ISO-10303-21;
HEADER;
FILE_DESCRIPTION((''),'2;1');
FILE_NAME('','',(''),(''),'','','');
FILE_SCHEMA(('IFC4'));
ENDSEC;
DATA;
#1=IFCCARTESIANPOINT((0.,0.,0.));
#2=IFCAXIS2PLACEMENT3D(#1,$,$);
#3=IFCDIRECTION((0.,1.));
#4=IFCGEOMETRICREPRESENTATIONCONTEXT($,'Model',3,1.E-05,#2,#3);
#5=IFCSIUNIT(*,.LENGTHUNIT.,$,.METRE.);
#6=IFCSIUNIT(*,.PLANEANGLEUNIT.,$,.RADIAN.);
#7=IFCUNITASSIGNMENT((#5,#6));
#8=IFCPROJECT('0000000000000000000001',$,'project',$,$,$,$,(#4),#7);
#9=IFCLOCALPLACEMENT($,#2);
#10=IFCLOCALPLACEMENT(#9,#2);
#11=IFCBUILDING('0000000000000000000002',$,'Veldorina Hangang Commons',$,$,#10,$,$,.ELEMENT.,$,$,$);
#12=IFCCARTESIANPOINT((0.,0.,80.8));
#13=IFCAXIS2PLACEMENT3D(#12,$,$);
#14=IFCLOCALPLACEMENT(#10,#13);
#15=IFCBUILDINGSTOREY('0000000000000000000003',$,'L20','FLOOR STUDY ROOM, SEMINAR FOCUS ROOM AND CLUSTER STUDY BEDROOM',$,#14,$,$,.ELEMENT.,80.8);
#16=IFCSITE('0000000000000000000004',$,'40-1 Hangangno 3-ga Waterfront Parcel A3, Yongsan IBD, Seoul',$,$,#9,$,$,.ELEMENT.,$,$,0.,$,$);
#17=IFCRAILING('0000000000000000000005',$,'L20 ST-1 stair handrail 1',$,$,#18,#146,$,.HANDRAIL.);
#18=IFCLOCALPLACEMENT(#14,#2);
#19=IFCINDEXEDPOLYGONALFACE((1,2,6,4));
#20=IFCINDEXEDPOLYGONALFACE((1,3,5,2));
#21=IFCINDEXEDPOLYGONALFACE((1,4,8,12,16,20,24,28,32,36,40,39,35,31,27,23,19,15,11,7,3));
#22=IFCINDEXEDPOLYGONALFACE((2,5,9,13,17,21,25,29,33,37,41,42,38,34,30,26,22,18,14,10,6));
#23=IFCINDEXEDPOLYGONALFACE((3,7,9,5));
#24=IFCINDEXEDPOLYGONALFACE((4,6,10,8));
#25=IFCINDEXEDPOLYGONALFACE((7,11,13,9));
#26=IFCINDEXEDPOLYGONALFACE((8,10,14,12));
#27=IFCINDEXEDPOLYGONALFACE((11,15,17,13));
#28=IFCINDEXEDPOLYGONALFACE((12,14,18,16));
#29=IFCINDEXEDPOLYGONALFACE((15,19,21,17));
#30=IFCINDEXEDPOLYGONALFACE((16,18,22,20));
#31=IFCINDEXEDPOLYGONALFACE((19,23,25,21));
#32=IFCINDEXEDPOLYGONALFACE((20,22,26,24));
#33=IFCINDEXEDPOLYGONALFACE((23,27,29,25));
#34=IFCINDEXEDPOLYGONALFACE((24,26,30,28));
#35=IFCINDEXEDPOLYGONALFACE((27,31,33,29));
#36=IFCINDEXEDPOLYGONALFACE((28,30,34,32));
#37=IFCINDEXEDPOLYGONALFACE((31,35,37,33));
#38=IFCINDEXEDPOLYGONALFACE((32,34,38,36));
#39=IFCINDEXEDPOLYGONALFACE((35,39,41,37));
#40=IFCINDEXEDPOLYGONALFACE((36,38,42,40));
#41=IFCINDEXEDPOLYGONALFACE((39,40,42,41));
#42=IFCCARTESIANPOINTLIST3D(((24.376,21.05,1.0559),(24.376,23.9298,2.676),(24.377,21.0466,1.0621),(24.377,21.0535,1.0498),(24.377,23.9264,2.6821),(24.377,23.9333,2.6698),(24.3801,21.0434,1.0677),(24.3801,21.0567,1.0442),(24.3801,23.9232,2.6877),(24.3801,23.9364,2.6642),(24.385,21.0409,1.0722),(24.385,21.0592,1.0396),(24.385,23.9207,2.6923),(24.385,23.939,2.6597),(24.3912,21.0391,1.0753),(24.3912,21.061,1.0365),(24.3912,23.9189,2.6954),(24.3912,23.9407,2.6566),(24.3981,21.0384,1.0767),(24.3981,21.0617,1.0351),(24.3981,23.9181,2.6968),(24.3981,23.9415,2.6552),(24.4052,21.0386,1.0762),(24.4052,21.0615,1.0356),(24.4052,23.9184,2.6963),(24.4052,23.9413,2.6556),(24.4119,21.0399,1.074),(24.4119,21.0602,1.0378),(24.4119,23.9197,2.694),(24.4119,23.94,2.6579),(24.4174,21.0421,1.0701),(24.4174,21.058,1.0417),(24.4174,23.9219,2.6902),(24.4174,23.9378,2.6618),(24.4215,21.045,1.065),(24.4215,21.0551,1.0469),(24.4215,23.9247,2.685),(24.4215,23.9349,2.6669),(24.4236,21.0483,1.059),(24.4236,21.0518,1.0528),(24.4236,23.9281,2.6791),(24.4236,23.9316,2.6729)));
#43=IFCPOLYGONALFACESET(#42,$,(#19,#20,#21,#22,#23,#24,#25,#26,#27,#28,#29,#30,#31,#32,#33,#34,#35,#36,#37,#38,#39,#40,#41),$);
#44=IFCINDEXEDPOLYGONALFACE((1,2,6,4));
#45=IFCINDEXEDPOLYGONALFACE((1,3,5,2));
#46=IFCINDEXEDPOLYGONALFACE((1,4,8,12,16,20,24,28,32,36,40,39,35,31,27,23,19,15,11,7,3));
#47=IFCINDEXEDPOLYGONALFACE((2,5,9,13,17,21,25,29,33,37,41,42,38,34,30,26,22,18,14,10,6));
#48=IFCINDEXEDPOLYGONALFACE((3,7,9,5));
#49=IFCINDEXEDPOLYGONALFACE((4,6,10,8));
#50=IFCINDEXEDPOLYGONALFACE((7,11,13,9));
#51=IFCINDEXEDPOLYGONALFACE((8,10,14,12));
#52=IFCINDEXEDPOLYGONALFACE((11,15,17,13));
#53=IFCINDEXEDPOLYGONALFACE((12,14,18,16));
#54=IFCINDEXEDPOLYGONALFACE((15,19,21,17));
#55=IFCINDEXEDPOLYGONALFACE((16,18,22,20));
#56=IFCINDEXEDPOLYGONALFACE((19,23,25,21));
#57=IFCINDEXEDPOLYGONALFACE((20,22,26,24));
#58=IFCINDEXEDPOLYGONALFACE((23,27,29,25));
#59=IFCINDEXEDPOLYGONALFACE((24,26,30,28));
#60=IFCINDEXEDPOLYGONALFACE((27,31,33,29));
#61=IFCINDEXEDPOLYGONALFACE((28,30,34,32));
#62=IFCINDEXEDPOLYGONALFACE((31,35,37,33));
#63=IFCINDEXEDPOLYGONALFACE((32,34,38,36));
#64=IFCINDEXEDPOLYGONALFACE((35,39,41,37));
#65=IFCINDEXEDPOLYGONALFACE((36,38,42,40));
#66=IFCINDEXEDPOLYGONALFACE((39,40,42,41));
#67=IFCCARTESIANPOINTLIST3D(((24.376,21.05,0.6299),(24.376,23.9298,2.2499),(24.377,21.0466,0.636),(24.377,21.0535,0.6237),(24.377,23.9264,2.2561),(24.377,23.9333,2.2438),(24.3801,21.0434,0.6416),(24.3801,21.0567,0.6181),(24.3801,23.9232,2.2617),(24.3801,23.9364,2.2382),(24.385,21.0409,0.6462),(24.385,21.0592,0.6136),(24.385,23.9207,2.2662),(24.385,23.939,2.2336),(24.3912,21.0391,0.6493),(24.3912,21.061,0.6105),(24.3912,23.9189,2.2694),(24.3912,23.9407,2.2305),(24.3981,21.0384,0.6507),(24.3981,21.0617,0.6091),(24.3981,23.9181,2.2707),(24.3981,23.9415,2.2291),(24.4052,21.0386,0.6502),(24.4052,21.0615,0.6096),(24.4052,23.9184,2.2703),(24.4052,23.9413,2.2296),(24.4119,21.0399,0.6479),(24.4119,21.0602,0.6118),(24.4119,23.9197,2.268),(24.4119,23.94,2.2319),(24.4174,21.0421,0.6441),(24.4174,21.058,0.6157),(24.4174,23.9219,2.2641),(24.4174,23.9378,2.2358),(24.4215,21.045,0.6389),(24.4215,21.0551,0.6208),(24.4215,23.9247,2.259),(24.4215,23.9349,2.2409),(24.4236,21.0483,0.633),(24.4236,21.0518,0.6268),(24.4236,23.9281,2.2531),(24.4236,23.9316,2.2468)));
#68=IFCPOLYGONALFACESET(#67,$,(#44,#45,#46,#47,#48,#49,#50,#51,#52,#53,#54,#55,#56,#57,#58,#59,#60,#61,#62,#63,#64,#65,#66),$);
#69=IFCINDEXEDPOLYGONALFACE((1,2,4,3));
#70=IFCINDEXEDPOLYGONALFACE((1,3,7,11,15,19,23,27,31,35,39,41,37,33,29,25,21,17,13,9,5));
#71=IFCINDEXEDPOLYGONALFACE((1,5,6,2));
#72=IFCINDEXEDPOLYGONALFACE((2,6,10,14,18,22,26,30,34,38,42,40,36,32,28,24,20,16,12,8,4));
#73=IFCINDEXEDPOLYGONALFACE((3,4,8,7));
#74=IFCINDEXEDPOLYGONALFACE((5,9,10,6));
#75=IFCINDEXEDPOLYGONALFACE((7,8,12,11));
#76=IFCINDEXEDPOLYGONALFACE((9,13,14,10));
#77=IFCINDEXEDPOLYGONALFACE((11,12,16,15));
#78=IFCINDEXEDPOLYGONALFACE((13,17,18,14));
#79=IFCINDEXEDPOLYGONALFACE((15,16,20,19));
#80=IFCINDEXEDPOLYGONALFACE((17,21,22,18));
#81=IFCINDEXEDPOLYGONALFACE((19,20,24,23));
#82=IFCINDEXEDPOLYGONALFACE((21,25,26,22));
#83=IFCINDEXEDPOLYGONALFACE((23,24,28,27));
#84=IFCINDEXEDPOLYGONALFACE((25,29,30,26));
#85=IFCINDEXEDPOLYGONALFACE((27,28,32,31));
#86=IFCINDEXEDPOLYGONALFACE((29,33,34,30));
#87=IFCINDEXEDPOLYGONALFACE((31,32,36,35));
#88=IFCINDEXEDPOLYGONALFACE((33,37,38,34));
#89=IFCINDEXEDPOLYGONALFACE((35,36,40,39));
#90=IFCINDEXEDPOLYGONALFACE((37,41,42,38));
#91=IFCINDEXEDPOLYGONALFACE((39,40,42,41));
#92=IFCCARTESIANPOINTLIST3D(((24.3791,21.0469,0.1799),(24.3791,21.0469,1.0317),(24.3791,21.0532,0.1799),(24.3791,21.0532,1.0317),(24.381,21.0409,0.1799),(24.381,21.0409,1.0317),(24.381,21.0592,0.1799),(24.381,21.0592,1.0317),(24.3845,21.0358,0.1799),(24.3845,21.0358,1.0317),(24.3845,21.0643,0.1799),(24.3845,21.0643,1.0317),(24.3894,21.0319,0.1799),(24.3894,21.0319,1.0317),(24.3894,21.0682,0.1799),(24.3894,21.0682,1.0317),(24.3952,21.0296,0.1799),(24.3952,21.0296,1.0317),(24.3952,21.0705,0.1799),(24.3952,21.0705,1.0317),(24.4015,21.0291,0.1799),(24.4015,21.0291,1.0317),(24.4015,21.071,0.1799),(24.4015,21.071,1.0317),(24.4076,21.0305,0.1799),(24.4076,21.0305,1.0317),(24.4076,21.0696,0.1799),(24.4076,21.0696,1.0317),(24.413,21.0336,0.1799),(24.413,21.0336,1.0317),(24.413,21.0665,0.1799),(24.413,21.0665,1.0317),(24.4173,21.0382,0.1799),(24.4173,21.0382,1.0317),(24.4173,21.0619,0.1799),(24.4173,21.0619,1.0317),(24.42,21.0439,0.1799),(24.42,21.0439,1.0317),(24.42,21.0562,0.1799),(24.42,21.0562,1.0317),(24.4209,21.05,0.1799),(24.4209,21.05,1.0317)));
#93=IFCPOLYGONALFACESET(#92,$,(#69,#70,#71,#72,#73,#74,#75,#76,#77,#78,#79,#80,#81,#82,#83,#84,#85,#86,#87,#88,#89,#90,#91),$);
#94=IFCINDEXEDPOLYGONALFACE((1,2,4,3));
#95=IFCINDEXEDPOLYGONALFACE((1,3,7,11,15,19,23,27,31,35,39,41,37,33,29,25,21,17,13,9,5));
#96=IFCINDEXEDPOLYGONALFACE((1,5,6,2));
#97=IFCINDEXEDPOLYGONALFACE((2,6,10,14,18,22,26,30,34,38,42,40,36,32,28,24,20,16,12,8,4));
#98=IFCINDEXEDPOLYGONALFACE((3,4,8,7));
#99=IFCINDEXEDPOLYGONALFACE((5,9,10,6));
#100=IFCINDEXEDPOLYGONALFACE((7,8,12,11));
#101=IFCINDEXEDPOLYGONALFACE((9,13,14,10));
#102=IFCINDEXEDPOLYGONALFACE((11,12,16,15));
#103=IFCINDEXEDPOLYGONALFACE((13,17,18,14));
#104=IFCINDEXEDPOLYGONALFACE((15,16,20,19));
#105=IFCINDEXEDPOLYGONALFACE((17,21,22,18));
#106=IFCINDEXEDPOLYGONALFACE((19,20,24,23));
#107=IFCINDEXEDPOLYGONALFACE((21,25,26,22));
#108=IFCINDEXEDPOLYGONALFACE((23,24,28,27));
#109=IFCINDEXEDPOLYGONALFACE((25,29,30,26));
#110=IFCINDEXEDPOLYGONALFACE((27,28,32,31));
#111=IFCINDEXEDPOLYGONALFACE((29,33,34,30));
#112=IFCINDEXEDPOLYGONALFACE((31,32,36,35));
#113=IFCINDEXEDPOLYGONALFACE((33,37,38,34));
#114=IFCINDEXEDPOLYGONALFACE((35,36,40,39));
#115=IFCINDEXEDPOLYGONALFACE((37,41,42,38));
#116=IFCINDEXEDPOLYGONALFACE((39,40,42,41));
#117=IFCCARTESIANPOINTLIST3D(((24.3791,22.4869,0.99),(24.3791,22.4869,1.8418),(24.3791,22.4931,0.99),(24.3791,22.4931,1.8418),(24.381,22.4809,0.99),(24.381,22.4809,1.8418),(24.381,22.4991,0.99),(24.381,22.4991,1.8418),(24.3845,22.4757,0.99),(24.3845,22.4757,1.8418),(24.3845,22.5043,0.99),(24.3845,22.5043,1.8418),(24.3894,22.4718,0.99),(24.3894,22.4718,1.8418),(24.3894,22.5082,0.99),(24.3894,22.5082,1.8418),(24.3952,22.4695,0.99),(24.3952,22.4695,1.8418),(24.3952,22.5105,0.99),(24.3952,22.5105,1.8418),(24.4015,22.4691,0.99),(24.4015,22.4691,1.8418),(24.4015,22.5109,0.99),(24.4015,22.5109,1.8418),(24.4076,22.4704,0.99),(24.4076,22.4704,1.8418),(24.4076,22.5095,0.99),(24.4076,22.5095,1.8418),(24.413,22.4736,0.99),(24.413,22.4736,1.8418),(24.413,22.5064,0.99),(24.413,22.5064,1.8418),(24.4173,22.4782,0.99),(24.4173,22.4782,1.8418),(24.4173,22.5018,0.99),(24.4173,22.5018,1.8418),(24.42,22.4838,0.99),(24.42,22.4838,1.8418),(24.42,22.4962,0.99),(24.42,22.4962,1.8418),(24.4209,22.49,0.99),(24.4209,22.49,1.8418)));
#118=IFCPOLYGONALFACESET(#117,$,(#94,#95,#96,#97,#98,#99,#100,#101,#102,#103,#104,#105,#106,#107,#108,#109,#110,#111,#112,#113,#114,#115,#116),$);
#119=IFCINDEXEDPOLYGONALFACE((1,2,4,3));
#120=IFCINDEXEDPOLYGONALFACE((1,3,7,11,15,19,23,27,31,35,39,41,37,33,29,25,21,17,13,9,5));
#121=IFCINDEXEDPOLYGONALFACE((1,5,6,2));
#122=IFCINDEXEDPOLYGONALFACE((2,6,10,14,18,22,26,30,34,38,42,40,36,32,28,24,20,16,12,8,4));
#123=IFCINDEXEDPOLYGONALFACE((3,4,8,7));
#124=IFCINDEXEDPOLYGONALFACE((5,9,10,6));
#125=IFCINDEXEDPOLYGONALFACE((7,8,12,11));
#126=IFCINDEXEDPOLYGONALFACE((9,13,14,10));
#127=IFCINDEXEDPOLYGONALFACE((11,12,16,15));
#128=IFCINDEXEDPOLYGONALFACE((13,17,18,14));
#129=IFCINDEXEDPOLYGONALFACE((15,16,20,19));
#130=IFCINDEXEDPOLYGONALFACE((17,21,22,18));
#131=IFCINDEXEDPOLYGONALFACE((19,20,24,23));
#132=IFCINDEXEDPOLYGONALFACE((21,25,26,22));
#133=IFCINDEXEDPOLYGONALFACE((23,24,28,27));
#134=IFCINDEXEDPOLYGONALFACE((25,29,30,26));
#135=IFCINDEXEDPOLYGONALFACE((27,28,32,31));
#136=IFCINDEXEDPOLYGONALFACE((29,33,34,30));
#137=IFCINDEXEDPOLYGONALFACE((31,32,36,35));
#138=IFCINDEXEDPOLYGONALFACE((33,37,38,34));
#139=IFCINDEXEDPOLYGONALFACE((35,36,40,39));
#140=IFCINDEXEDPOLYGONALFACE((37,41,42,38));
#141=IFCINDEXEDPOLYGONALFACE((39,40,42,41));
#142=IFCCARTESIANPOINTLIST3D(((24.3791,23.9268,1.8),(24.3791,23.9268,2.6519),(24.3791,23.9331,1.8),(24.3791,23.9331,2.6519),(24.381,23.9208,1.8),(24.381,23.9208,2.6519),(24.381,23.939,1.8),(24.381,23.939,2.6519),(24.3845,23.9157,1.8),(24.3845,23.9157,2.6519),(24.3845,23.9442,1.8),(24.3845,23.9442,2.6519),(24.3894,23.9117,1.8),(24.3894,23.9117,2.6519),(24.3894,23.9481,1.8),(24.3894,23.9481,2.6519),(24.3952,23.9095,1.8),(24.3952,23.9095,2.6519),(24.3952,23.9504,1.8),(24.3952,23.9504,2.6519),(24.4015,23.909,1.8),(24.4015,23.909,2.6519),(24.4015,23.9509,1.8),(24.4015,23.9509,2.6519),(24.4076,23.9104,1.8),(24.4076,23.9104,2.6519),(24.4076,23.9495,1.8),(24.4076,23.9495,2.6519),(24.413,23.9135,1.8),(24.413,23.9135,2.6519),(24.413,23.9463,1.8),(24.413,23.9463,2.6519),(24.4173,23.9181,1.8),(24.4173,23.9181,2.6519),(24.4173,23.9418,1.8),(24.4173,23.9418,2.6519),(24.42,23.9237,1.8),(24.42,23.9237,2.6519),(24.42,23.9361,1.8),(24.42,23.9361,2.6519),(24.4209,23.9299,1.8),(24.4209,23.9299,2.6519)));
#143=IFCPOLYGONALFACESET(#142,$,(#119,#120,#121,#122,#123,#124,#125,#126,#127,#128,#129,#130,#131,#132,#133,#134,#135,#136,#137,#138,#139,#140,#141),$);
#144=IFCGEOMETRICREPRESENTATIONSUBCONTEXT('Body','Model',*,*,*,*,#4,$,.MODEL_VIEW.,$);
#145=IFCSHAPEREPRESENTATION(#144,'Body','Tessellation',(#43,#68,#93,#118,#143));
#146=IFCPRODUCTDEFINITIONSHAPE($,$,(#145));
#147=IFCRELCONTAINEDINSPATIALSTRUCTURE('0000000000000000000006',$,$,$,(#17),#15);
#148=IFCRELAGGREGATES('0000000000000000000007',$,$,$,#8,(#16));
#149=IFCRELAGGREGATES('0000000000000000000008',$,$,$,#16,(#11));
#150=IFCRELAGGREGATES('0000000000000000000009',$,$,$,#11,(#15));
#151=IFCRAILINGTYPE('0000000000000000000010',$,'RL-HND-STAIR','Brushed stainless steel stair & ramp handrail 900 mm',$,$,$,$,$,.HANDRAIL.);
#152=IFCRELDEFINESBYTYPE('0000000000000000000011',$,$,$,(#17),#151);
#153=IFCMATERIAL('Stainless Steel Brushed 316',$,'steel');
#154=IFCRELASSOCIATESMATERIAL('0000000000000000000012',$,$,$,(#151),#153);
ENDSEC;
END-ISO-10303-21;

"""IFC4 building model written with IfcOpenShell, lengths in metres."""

from ifc_helpers import new_model, si_unit, direction, frame, origin, origin_2d, place, context, subcontext, project, spatial, circle, extrude, material, type_object, element, save


model = new_model("IFC4")

# Units and contexts
model_context = context("Model", 3, precision=1e-05, world=origin(), true_north=direction((0.0, 1.0)))
body_context = subcontext(model_context, "Body", "Model", "MODEL_VIEW")
ifc_project = project(units=[si_unit("LENGTHUNIT", "METRE"), si_unit("PLANEANGLEUNIT", "RADIAN")], contexts=[model_context])

# Site, building, storey
site_placement = place(None, origin())
site = spatial("IfcSite", under=ifc_project, at=site_placement, Name="40-1 Hangangno 3-ga Waterfront Parcel A3, Yongsan IBD, Seoul", CompositionType="ELEMENT", RefElevation=0.0)
building_placement = place(site_placement, origin())
building = spatial("IfcBuilding", under=site, at=building_placement, Name="Veldorina Hangang Commons", CompositionType="ELEMENT")
storey_placement = place(building_placement, frame((0.0, 0.0, 80.8)))
storey = spatial("IfcBuildingStorey", under=building, at=storey_placement, Name="L20", Description="FLOOR STUDY ROOM, SEMINAR FOCUS ROOM AND CLUSTER STUDY BEDROOM", CompositionType="ELEMENT", Elevation=80.8)

# Railing
ifc_material_1 = material(Name="Stainless Steel Brushed 316", Category="steel")
railing_type_1 = type_object("IfcRailingType", Name="RL-HND-STAIR", Description="Brushed stainless steel stair & ramp handrail 900 mm", PredefinedType="HANDRAIL", material=ifc_material_1)
railing_1_placement = place(storey_placement, frame((24.3999, 21.05, 0.1799)))
element("IfcRailing", 1, at=railing_1_placement, inside=storey, type_object=railing_type_1, Name="L20 ST-1 stair handrail 1", PredefinedType="HANDRAIL", context=body_context, shape_type="SweptSolid", body=[
    extrude(circle(Radius=0.0239, at=origin_2d()), frame((0.0, 0.0, 0.876), z_axis=(0.0, 0.871552, 0.490303), x_axis=(-1.0, 0.0, 0.0)), (0.0, 0.0, 1.0), 3.3042),
    extrude(circle(Radius=0.0239, at=origin_2d()), frame((0.0, 0.0, 0.45), z_axis=(0.0, 0.871552, 0.490303), x_axis=(-1.0, 0.0, 0.0)), (0.0, 0.0, 1.0), 3.3042),
    extrude(circle(Radius=0.021, at=origin_2d()), origin(), (0.0, 0.0, 1.0), 0.8518),
    extrude(circle(Radius=0.021, at=origin_2d()), frame((0.0, 1.4399, 0.8101)), (0.0, 0.0, 1.0), 0.8518),
    extrude(circle(Radius=0.021, at=origin_2d()), frame((0.0, 2.8799, 1.6201)), (0.0, 0.0, 1.0), 0.8518),
])

save(model, "model.ifc")
